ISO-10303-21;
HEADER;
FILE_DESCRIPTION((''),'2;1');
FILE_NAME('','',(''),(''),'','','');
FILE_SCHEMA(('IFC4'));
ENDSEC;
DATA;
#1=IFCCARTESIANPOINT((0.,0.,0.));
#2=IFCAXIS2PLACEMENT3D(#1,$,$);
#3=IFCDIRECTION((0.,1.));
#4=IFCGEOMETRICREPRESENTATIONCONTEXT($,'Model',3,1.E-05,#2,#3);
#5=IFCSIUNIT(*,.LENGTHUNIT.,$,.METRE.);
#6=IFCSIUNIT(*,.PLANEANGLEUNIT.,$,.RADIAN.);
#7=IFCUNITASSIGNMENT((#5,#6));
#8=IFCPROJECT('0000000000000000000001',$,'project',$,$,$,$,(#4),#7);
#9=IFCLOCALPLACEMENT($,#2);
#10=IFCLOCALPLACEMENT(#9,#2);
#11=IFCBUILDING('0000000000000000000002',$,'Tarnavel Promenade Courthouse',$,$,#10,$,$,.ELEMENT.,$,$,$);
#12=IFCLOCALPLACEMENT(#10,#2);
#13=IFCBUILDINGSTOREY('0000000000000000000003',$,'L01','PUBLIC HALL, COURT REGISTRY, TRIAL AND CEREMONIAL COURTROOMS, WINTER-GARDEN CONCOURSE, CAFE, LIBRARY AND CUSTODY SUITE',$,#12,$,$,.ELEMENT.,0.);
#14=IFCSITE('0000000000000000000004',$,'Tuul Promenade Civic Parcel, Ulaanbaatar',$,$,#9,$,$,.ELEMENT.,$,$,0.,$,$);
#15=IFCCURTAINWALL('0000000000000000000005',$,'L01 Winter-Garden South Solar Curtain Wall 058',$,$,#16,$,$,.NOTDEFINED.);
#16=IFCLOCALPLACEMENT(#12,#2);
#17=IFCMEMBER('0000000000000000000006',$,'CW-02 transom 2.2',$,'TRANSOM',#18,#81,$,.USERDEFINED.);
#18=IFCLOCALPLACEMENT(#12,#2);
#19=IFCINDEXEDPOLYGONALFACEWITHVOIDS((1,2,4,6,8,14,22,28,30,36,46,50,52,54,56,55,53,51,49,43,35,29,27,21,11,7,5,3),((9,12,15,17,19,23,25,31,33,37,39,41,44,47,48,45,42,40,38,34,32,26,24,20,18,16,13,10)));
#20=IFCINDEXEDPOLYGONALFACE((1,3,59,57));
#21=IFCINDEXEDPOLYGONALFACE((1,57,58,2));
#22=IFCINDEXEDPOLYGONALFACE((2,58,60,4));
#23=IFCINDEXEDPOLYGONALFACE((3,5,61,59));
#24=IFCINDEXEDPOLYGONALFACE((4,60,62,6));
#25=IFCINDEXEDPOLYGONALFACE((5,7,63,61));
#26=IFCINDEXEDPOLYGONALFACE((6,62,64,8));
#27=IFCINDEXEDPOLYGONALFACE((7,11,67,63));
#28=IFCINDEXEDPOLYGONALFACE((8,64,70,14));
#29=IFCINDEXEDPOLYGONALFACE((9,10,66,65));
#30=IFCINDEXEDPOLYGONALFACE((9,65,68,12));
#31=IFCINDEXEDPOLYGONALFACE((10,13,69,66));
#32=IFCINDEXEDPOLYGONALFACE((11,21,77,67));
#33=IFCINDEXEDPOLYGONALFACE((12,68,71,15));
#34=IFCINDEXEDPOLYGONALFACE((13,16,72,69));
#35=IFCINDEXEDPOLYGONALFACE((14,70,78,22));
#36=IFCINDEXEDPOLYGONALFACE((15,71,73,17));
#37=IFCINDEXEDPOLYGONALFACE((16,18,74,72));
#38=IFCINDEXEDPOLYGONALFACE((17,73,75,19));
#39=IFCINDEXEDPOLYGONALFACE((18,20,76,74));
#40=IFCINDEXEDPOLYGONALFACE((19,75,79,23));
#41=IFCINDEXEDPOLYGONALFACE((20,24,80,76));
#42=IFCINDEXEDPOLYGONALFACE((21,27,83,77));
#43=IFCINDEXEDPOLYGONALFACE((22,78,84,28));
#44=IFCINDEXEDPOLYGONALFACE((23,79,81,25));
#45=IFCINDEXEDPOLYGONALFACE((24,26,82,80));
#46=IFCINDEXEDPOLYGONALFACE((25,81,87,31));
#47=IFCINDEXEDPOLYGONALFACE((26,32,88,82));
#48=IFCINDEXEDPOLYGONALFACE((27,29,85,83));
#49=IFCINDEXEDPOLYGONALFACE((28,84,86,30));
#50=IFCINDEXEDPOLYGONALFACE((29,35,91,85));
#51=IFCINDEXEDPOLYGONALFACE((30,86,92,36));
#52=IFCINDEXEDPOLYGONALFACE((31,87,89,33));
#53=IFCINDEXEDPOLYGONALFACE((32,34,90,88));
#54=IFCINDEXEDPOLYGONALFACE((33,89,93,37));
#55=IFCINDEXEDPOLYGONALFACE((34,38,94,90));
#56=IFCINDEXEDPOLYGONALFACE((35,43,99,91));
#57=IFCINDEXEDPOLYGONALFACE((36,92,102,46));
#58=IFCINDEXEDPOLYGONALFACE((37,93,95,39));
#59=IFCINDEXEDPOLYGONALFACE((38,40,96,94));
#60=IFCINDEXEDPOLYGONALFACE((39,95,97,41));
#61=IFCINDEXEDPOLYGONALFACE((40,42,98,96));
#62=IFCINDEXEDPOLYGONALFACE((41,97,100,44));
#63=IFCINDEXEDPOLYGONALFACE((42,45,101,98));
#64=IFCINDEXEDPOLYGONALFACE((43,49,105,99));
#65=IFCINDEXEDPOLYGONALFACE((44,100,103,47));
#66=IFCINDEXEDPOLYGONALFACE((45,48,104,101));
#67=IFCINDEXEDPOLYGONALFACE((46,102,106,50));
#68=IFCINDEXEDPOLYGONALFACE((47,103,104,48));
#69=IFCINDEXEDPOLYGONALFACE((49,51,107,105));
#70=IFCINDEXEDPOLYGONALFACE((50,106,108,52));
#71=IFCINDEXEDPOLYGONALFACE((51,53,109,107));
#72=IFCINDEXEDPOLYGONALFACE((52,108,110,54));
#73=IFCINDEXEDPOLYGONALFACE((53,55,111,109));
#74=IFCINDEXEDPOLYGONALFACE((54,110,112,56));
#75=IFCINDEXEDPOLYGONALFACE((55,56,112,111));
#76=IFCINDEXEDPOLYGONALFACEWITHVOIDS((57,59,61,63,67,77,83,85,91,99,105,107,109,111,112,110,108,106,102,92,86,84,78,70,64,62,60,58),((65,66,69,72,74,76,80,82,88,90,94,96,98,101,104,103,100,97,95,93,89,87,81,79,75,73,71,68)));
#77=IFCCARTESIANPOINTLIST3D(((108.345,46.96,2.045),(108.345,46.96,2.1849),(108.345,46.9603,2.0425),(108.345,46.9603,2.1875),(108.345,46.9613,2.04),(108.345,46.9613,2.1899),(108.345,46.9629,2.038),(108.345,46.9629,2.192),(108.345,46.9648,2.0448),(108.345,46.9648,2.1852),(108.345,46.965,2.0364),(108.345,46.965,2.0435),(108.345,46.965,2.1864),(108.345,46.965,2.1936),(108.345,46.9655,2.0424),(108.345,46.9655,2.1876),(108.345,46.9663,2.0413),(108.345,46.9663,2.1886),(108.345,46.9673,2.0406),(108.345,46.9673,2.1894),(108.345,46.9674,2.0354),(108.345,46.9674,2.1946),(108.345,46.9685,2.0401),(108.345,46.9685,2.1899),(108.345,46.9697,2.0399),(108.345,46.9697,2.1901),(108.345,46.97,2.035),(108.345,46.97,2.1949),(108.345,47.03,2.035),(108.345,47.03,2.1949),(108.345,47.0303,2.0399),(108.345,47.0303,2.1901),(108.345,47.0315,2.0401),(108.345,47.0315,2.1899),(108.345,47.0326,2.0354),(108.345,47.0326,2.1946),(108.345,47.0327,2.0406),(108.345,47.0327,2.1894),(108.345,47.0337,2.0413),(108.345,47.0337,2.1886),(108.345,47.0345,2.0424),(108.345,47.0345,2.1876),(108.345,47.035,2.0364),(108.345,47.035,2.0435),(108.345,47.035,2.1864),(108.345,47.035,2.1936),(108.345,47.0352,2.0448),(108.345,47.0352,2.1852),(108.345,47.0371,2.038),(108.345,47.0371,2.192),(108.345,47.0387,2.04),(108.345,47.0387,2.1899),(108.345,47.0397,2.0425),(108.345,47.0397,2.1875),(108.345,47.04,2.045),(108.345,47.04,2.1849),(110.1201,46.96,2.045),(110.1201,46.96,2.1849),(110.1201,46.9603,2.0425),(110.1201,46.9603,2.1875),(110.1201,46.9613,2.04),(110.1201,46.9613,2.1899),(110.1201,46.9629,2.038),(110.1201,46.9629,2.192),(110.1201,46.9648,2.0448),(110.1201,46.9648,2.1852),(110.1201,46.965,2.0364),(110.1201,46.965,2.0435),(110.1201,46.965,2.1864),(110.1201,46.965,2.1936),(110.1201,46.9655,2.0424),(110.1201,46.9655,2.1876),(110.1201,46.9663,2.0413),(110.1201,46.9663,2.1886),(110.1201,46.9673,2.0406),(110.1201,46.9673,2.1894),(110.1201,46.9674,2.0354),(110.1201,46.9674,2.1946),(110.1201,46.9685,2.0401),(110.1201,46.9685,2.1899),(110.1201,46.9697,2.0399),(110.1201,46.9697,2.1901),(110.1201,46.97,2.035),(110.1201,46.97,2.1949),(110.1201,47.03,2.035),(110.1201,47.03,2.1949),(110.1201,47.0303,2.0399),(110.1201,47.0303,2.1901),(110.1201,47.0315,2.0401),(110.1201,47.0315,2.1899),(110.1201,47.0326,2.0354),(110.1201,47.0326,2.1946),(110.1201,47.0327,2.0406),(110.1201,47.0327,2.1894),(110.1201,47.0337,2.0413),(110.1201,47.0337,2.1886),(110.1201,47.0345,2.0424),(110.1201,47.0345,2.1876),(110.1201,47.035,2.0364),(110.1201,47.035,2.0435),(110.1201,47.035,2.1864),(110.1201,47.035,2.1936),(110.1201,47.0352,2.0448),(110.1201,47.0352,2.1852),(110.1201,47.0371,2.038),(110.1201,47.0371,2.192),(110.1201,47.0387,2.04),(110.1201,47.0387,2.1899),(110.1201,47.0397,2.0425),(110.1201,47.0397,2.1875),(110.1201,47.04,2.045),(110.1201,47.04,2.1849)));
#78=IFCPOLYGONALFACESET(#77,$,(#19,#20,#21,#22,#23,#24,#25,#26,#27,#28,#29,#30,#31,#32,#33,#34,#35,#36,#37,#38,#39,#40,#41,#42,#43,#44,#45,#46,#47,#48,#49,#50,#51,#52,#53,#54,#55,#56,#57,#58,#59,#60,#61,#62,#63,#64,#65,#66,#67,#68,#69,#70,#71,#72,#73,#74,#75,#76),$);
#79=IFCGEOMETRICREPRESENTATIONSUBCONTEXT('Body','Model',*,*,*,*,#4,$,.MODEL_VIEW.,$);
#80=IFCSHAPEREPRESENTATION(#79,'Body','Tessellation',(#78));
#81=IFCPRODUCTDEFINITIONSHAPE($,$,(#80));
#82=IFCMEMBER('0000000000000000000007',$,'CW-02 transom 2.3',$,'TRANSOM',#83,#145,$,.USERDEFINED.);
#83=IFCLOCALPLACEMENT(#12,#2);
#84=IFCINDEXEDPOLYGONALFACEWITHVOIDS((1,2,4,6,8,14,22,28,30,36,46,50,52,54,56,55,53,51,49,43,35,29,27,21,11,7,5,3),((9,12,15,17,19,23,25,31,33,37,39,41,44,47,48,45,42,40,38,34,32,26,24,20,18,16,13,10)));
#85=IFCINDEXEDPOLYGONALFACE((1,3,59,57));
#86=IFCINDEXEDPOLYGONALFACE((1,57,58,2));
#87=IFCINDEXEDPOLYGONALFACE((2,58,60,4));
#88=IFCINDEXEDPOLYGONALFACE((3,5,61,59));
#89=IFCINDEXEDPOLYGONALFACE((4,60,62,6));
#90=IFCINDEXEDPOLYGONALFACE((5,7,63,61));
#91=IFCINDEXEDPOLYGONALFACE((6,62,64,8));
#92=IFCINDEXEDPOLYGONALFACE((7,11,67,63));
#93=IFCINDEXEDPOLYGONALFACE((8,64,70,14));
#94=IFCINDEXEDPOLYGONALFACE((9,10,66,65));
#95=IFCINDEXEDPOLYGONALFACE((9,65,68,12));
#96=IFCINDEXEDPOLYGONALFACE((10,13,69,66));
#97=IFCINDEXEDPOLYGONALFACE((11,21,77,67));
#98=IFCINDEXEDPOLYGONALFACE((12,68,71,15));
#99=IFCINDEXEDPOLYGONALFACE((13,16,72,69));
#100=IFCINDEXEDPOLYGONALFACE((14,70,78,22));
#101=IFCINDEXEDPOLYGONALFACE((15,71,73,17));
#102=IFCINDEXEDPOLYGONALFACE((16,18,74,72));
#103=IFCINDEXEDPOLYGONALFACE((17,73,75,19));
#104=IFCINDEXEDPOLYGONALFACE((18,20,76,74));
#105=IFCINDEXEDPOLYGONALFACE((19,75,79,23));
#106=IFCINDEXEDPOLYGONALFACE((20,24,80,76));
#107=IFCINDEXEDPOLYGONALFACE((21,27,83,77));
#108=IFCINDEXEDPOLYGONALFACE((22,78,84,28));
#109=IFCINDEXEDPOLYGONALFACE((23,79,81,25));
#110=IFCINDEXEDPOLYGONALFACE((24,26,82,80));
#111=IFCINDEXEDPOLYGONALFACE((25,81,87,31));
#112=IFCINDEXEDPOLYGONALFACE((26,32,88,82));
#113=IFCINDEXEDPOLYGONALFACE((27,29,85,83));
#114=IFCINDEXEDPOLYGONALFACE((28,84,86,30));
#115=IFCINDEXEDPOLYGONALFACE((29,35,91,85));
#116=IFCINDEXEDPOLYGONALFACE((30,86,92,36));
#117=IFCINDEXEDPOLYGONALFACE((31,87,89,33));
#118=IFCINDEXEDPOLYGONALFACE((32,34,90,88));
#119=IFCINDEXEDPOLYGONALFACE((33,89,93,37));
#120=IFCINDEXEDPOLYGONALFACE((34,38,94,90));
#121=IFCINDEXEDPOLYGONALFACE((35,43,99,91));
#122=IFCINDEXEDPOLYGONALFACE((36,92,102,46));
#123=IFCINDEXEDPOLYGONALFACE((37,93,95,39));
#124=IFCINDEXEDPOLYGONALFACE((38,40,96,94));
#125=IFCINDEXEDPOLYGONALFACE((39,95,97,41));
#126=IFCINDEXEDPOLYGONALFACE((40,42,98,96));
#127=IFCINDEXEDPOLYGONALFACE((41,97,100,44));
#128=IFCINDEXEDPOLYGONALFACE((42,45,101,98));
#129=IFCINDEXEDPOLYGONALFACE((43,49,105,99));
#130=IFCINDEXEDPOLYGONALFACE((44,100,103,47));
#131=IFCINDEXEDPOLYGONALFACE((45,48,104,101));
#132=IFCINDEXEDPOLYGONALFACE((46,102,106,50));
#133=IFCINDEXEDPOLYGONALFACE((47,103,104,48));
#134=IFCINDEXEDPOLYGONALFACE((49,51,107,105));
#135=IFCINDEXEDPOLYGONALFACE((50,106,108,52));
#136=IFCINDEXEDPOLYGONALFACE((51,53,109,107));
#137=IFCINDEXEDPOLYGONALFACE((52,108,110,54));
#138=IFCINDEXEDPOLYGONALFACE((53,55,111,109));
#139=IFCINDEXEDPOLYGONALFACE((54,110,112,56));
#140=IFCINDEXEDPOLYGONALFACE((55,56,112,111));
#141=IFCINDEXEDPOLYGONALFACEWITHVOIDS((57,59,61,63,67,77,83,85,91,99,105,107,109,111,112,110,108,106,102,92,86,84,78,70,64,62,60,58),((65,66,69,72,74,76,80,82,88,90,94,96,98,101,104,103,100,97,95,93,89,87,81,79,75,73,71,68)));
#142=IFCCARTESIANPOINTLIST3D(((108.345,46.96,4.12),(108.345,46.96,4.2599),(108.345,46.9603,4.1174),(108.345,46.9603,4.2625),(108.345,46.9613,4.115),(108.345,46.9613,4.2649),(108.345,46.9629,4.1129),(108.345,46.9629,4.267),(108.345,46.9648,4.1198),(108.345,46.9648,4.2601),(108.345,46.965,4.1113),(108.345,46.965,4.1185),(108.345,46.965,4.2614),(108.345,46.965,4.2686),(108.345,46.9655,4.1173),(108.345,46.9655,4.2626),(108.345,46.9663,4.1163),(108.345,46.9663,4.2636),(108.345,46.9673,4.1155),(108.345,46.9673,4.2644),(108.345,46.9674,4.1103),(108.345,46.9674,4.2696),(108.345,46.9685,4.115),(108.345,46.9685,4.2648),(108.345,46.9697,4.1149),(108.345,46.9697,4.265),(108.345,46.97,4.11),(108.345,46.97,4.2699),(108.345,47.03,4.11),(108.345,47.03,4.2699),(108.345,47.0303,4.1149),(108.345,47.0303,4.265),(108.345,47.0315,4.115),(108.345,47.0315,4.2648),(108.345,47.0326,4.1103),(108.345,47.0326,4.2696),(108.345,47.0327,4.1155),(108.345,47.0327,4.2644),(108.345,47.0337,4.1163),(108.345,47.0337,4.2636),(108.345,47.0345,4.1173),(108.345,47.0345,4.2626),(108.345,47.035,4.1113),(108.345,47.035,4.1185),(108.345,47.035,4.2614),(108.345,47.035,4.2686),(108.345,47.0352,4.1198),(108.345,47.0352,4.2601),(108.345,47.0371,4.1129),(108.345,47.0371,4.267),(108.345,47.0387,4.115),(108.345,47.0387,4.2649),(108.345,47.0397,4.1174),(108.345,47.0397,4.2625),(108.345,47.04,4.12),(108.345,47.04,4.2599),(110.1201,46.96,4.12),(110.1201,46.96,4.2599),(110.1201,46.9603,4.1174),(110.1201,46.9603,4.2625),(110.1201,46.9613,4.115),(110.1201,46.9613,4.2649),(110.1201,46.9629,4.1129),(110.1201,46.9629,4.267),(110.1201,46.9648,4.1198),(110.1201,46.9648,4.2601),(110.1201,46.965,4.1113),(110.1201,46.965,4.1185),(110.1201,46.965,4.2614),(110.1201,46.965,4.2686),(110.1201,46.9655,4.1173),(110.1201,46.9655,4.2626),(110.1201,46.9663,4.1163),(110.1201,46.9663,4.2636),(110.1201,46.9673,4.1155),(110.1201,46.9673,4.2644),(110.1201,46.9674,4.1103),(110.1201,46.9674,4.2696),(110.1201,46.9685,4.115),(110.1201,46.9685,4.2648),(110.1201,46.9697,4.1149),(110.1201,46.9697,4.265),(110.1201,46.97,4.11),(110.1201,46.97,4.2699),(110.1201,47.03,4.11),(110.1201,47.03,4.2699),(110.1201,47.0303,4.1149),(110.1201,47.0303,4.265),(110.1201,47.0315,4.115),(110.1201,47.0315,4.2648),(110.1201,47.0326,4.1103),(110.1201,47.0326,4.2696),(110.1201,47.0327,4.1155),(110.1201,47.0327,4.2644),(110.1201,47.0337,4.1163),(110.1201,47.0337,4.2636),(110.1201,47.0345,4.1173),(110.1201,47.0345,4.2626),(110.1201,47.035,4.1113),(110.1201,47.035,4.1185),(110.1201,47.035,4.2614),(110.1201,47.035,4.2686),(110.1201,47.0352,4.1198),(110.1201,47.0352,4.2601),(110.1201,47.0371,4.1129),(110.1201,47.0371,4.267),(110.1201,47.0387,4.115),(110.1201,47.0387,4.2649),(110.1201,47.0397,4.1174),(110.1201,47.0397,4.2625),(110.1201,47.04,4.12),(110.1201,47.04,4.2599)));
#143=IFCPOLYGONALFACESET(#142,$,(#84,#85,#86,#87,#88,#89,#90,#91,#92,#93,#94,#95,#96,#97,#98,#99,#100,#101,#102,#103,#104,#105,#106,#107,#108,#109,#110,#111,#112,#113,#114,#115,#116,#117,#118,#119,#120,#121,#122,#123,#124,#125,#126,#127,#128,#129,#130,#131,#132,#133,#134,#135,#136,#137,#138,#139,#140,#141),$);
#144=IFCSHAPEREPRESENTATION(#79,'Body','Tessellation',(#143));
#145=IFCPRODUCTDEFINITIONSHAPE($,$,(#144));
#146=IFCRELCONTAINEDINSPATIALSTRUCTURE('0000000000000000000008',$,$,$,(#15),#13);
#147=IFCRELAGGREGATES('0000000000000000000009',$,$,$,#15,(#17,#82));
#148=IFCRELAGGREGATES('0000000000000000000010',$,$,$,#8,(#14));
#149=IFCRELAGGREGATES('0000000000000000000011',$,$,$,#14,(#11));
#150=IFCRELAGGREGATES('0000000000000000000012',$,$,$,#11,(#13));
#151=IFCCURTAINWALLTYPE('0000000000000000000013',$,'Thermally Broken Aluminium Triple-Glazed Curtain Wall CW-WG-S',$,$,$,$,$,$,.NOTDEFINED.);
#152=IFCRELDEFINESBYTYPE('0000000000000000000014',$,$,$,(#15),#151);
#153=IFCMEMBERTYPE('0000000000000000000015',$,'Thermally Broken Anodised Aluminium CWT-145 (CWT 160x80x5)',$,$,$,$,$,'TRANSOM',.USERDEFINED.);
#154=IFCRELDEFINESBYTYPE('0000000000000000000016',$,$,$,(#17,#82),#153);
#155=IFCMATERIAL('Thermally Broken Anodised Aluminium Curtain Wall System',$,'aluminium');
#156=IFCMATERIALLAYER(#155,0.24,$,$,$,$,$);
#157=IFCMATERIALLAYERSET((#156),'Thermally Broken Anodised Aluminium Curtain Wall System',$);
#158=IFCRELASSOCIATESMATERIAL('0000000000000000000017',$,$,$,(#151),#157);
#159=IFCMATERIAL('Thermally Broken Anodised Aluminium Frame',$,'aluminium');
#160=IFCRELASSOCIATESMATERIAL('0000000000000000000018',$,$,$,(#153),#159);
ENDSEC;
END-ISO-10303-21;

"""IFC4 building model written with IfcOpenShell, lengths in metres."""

from ifc_helpers import new_model, si_unit, direction, frame, origin, origin_2d, place, context, subcontext, project, spatial, hollow_rectangle, extrude, material, layer, layer_set, material_profile, profile_set, type_object, element, aggregate, save


model = new_model("IFC4")

# Units and contexts
model_context = context("Model", 3, precision=1e-05, world=origin(), true_north=direction((0.0, 1.0)))
body_context = subcontext(model_context, "Body", "Model", "MODEL_VIEW")
ifc_project = project(units=[si_unit("LENGTHUNIT", "METRE"), si_unit("PLANEANGLEUNIT", "RADIAN")], contexts=[model_context])

# Site, building, storey
site_placement = place(None, origin())
site = spatial("IfcSite", under=ifc_project, at=site_placement, Name="Tuul Promenade Civic Parcel, Ulaanbaatar", CompositionType="ELEMENT", RefElevation=0.0)
building_placement = place(site_placement, origin())
building = spatial("IfcBuilding", under=site, at=building_placement, Name="Tarnavel Promenade Courthouse", CompositionType="ELEMENT")
storey_placement = place(building_placement, origin())
storey = spatial("IfcBuildingStorey", under=building, at=storey_placement, Name="L01", Description="PUBLIC HALL, COURT REGISTRY, TRIAL AND CEREMONIAL COURTROOMS, WINTER-GARDEN CONCOURSE, CAFE, LIBRARY AND CUSTODY SUITE", CompositionType="ELEMENT", Elevation=0.0)

# Shared definitions
ifc_material_1 = material(Name="Thermally Broken Anodised Aluminium Curtain Wall System", Category="aluminium")
ifc_layer_1 = layer(ifc_material_1, 0.24)
ifc_layer_set_1 = layer_set([ifc_layer_1], Name="Thermally Broken Anodised Aluminium Curtain Wall System")
curtain_wall_type = type_object("IfcCurtainWallType", Name="Thermally Broken Aluminium Triple-Glazed Curtain Wall CW-WG-S", PredefinedType="NOTDEFINED", material=ifc_layer_set_1)
ifc_material_2 = material(Name="Thermally Broken Anodised Aluminium Frame", Category="aluminium")

# Curtain wall
curtain_wall_1_placement = place(storey_placement, origin())
curtain_wall_1 = element("IfcCurtainWall", 1, at=curtain_wall_1_placement, inside=storey, type_object=curtain_wall_type, Name="L01 Winter-Garden South Solar Curtain Wall 058", PredefinedType="NOTDEFINED")

# Members
ifc_material_profile_1 = material_profile(ifc_material_2, hollow_rectangle(XDim=0.0801, YDim=0.1599, WallThickness=0.0049, InnerFilletRadius=0.0049, OuterFilletRadius=0.01, at=origin_2d()), Name="CWT 160x80x5")
ifc_profile_set_1 = profile_set([ifc_material_profile_1], Name="Thermally Broken Anodised Aluminium Frame")
member_type_1 = type_object("IfcMemberType", Name="Thermally Broken Anodised Aluminium CWT-145 (CWT 160x80x5)", ElementType="TRANSOM", PredefinedType="USERDEFINED", material=ifc_profile_set_1)
member_1_placement = place(storey_placement, frame((108.345, 47.0, 2.115), z_axis=(1.0, 0.0, 0.0), x_axis=(0.0, 1.0, 0.0)))
member_1 = element("IfcMember", 2, at=member_1_placement, type_object=member_type_1, Name="CW-02 transom 2.2", ObjectType="TRANSOM", PredefinedType="USERDEFINED", context=body_context, shape_type="SweptSolid", body=[
    extrude(hollow_rectangle(XDim=0.0801, YDim=0.1599, WallThickness=0.0049, InnerFilletRadius=0.0049, OuterFilletRadius=0.01, at=origin_2d()), origin(), (0.0, 0.0, 1.0), 1.7751),
])
member_2_placement = place(storey_placement, frame((108.345, 47.0, 4.1899), z_axis=(1.0, 0.0, 0.0), x_axis=(0.0, 1.0, 0.0)))
member_2 = element("IfcMember", 3, at=member_2_placement, type_object=member_type_1, Name="CW-02 transom 2.3", ObjectType="TRANSOM", PredefinedType="USERDEFINED", context=body_context, shape_type="SweptSolid", body=[
    extrude(hollow_rectangle(XDim=0.0801, YDim=0.1599, WallThickness=0.0049, InnerFilletRadius=0.0049, OuterFilletRadius=0.01, at=origin_2d()), origin(), (0.0, 0.0, 1.0), 1.7751),
])

aggregate(curtain_wall_1, [member_1, member_2])

save(model, "model.ifc")
